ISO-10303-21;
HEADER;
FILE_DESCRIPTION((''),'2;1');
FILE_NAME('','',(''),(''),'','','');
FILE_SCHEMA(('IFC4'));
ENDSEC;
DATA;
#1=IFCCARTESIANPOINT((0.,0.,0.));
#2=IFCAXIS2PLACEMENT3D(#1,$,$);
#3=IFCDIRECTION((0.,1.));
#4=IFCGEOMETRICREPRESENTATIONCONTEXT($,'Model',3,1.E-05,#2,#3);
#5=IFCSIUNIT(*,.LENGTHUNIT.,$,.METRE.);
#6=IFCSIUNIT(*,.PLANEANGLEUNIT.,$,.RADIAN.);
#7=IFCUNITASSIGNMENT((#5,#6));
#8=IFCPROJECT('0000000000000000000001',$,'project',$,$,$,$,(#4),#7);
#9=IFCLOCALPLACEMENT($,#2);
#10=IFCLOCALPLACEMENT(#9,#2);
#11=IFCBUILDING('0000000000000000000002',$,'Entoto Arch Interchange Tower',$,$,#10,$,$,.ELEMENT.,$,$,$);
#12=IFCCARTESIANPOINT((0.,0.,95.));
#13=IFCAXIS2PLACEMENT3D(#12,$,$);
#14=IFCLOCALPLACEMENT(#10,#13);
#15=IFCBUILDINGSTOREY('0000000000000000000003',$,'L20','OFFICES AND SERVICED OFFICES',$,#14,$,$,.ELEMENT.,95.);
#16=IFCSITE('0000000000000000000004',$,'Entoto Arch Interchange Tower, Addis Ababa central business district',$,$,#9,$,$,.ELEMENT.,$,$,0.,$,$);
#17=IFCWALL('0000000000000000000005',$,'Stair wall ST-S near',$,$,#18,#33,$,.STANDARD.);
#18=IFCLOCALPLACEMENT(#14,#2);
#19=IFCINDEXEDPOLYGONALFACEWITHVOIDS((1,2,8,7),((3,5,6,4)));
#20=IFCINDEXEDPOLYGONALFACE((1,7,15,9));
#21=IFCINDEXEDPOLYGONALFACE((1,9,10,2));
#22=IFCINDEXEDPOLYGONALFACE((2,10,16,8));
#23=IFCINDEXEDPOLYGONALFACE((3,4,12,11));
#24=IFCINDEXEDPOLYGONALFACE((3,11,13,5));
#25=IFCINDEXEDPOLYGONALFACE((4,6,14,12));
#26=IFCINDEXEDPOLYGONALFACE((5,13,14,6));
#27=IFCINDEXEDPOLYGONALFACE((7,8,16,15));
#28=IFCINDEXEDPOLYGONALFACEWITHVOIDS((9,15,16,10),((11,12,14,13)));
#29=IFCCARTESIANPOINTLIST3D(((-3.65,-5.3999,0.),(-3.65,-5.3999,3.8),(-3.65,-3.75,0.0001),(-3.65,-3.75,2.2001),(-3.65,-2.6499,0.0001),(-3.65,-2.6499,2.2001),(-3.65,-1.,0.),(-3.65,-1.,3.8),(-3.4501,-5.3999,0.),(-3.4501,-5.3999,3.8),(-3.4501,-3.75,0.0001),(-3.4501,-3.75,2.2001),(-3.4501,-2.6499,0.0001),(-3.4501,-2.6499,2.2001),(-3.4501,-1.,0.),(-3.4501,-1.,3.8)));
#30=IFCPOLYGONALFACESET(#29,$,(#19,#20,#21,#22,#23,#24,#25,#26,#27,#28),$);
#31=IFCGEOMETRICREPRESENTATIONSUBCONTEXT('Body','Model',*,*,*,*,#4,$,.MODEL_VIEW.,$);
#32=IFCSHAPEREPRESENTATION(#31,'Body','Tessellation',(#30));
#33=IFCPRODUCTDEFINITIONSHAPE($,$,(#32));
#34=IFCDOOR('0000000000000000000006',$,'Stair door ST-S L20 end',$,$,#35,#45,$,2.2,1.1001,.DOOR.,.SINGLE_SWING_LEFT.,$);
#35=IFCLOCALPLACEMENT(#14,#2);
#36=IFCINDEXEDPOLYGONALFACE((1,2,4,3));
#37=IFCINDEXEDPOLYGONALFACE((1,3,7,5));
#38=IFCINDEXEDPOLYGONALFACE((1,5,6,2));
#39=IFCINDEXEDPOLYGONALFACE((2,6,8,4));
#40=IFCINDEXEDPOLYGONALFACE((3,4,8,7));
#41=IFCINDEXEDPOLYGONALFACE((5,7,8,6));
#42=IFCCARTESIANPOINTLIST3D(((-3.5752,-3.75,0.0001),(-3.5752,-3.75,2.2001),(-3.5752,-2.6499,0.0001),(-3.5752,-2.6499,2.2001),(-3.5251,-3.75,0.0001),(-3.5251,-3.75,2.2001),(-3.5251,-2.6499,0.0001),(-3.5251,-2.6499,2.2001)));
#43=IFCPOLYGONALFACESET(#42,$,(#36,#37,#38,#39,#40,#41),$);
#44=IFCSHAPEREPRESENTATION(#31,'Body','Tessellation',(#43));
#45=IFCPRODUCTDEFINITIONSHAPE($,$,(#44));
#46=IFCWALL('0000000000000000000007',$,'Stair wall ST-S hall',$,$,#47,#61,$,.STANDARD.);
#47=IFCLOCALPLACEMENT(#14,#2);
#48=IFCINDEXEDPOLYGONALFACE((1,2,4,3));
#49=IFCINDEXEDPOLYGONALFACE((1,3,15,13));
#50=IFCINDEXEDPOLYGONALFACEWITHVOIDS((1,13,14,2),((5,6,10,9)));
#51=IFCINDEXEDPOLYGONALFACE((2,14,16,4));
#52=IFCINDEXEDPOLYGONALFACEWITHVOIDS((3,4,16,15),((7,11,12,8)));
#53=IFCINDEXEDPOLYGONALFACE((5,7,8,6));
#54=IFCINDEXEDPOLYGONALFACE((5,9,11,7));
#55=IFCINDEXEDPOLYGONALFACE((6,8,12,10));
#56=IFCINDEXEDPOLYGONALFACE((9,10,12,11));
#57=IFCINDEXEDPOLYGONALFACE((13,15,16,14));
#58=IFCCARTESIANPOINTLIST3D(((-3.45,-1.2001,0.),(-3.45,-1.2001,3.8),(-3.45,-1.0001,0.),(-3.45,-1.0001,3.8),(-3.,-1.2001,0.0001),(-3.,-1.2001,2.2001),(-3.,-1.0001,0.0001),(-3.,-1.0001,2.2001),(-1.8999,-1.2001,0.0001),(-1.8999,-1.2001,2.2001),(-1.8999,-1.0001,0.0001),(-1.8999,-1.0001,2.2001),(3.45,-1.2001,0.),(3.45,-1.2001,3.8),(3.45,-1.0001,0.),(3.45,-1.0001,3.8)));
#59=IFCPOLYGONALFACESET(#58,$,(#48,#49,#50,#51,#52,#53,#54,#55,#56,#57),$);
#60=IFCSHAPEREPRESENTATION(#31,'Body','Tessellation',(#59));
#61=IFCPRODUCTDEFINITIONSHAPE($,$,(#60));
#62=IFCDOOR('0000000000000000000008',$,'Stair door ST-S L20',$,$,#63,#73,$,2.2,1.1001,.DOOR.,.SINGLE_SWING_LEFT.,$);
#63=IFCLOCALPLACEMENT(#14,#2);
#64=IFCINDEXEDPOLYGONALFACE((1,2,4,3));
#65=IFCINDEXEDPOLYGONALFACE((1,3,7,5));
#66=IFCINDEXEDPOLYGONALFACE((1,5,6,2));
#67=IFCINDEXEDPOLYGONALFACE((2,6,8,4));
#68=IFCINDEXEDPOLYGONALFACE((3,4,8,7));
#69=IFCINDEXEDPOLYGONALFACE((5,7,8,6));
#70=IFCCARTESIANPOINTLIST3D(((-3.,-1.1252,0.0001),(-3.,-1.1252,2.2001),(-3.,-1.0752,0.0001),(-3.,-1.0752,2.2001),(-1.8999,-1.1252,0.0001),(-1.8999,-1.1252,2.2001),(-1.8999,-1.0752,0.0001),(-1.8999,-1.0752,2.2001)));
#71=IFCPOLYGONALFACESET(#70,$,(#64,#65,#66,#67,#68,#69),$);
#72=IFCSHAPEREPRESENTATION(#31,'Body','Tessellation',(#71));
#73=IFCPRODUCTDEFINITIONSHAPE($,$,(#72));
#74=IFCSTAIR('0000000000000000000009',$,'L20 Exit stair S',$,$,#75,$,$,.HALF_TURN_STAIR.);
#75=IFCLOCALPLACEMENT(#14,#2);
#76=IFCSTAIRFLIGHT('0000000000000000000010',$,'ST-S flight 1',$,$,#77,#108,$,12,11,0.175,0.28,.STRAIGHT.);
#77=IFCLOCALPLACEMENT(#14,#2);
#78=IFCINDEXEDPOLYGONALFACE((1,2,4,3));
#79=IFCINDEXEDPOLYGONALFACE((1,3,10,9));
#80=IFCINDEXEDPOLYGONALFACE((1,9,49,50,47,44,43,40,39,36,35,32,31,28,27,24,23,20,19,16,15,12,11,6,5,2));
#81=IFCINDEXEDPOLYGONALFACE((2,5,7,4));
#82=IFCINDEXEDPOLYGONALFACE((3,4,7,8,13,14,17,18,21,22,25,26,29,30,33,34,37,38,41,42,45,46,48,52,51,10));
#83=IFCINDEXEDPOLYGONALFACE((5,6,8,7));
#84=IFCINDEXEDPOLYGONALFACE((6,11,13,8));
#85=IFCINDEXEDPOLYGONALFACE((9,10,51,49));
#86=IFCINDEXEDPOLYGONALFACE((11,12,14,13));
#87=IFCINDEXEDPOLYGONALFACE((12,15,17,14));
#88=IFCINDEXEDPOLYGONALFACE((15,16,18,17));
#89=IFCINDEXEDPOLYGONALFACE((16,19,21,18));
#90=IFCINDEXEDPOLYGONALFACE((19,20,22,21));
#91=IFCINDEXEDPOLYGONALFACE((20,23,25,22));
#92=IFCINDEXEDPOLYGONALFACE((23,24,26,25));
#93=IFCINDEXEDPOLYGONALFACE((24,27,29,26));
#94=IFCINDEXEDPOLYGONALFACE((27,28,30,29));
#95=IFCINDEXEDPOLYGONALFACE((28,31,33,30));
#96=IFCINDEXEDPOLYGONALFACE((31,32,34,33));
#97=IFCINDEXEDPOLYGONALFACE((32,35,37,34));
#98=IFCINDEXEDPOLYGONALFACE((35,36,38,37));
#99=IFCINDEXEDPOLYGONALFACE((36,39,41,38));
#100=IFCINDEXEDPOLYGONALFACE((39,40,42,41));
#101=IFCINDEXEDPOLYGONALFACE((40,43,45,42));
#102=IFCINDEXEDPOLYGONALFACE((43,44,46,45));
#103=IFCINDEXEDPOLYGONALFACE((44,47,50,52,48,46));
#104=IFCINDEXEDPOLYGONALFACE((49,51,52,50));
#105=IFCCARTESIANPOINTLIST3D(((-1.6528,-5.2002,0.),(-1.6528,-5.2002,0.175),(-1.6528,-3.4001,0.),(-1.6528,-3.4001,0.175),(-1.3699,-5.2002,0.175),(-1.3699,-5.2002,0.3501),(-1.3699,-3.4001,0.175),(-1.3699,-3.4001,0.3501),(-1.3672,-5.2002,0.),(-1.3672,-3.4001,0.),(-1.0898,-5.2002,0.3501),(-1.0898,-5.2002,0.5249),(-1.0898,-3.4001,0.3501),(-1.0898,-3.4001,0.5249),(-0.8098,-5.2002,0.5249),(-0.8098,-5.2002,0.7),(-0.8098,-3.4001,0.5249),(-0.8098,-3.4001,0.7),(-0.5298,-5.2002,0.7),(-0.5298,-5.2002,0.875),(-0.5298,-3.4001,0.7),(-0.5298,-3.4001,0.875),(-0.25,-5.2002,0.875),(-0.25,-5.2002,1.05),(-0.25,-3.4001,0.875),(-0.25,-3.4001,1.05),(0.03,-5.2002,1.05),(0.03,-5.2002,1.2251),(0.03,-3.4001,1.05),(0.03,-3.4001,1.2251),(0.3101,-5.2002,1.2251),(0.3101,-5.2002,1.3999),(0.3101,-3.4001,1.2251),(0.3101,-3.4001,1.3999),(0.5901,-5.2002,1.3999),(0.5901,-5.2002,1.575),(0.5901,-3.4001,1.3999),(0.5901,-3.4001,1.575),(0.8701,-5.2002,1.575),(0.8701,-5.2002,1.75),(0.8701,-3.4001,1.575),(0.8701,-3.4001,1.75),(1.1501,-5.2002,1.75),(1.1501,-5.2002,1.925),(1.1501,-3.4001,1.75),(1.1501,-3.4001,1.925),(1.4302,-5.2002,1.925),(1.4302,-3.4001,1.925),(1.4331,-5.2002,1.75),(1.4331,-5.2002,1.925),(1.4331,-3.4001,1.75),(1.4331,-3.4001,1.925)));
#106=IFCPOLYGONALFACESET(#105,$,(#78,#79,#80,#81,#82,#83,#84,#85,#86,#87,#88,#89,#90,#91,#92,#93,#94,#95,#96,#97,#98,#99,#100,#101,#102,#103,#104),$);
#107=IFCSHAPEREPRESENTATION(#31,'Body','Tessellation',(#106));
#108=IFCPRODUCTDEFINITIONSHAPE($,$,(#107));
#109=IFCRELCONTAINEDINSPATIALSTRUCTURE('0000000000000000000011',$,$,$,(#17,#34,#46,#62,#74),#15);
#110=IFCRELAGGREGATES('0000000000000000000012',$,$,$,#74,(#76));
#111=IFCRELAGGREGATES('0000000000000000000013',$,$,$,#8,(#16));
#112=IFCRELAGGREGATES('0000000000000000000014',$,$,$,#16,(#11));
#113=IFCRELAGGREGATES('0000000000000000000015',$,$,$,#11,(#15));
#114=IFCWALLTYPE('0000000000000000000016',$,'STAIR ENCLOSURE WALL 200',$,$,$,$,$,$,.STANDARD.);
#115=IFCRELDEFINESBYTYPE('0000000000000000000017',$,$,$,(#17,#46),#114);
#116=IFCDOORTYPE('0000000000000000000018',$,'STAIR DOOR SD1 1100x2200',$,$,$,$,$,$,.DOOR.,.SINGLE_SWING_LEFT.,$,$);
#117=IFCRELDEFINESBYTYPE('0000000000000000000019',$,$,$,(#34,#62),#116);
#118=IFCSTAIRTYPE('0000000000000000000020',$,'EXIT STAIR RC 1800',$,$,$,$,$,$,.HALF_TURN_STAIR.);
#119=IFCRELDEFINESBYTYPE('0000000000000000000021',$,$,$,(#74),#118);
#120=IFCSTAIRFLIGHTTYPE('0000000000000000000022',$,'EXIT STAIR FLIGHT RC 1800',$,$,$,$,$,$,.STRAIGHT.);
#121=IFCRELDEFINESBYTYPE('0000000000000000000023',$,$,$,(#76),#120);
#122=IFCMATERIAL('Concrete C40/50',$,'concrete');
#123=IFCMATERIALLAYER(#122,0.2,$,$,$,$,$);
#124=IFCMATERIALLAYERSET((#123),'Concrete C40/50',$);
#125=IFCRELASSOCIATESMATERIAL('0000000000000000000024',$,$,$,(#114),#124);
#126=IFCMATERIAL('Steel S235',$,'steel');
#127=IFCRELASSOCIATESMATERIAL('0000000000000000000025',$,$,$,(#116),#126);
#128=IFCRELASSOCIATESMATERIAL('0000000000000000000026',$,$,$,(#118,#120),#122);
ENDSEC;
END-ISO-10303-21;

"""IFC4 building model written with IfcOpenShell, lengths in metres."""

from ifc_helpers import new_model, si_unit, direction, frame, frame_2d, origin, place, context, subcontext, project, spatial, polyline, rectangle, outline, extrude, material, layer, layer_set, type_object, element, fill, aggregate, save


model = new_model("IFC4")

# Units and contexts
model_context = context("Model", 3, precision=1e-05, world=origin(), true_north=direction((0.0, 1.0)))
body_context = subcontext(model_context, "Body", "Model", "MODEL_VIEW")
ifc_project = project(units=[si_unit("LENGTHUNIT", "METRE"), si_unit("PLANEANGLEUNIT", "RADIAN")], contexts=[model_context])

# Site, building, storey
site_placement = place(None, origin())
site = spatial("IfcSite", under=ifc_project, at=site_placement, Name="Entoto Arch Interchange Tower, Addis Ababa central business district", CompositionType="ELEMENT", RefElevation=0.0)
building_placement = place(site_placement, origin())
building = spatial("IfcBuilding", under=site, at=building_placement, Name="Entoto Arch Interchange Tower", CompositionType="ELEMENT")
storey_placement = place(building_placement, frame((0.0, 0.0, 95.0)))
storey = spatial("IfcBuildingStorey", under=building, at=storey_placement, Name="L20", Description="OFFICES AND SERVICED OFFICES", CompositionType="ELEMENT", Elevation=95.0)

# Shared definitions
ifc_material_1 = material(Name="Concrete C40/50", Category="concrete")

# Walls, openings, doors
ifc_layer_1 = layer(ifc_material_1, 0.2)
ifc_layer_set_1 = layer_set([ifc_layer_1], Name="Concrete C40/50")
wall_type_1 = type_object("IfcWallType", Name="STAIR ENCLOSURE WALL 200", PredefinedType="STANDARD", material=ifc_layer_set_1)
wall_1_placement = place(storey_placement, frame((-3.55, -1.0, 0.0), z_axis=(0.0, 0.0, 1.0), x_axis=(0.0, -1.0, 0.0)))
wall_1 = element("IfcWall", 1, at=wall_1_placement, inside=storey, type_object=wall_type_1, Name="Stair wall ST-S near", PredefinedType="STANDARD", context=body_context, shape_type="SweptSolid", body=[
    extrude(rectangle(XDim=4.3999, YDim=0.2, at=frame_2d((2.2, 0.0))), origin(), (0.0, 0.0, 1.0), 3.8),
])
opening_1_placement = place(wall_1_placement, frame((1.6499, 0.0, 0.0)))
opening_1 = element("IfcOpeningElement", 2, at=opening_1_placement, cuts=wall_1, PredefinedType="OPENING", context=body_context, shape_type="SweptSolid", body=[
    extrude(rectangle(XDim=1.1001, YDim=2.2, at=frame_2d((0.55, 1.1001))), frame((0.0, 0.1099, 0.0), z_axis=(0.0, -1.0, 0.0), x_axis=(1.0, 0.0, 0.0)), (0.0, 0.0, 1.0), 0.22),
])
ifc_material_2 = material(Name="Steel S235", Category="steel")
door_type_1 = type_object("IfcDoorType", Name="STAIR DOOR SD1 1100x2200", OperationType="SINGLE_SWING_LEFT", PredefinedType="DOOR", material=ifc_material_2)
door_1_placement = place(opening_1_placement, origin())
door_1 = element("IfcDoor", 3, at=door_1_placement, inside=storey, type_object=door_type_1, Name="Stair door ST-S L20 end", OperationType="SINGLE_SWING_LEFT", OverallHeight=2.2, OverallWidth=1.1001, PredefinedType="DOOR", context=body_context, shape_type="SweptSolid", body=[
    extrude(rectangle(XDim=1.1001, YDim=2.2, at=frame_2d((0.55, 1.1001))), frame((0.0, 0.0249, 0.0), z_axis=(0.0, -1.0, 0.0), x_axis=(1.0, 0.0, 0.0)), (0.0, 0.0, 1.0), 0.05),
])
fill(opening_1, door_1)
wall_2_placement = place(storey_placement, frame((-3.45, -1.1001, 0.0), z_axis=(0.0, 0.0, 1.0), x_axis=(1.0, 0.0, 0.0)))
wall_2 = element("IfcWall", 4, at=wall_2_placement, inside=storey, type_object=wall_type_1, Name="Stair wall ST-S hall", PredefinedType="STANDARD", context=body_context, shape_type="SweptSolid", body=[
    extrude(rectangle(XDim=6.8999, YDim=0.2, at=frame_2d((3.45, 0.0))), origin(), (0.0, 0.0, 1.0), 3.8),
])
opening_2_placement = place(wall_2_placement, frame((0.45, 0.0, 0.0)))
opening_2 = element("IfcOpeningElement", 5, at=opening_2_placement, cuts=wall_2, PredefinedType="OPENING", context=body_context, shape_type="SweptSolid", body=[
    extrude(rectangle(XDim=1.1001, YDim=2.2, at=frame_2d((0.55, 1.1001))), frame((0.0, 0.1099, 0.0), z_axis=(0.0, -1.0, 0.0), x_axis=(1.0, 0.0, 0.0)), (0.0, 0.0, 1.0), 0.22),
])
door_2_placement = place(opening_2_placement, origin())
door_2 = element("IfcDoor", 6, at=door_2_placement, inside=storey, type_object=door_type_1, Name="Stair door ST-S L20", OperationType="SINGLE_SWING_LEFT", OverallHeight=2.2, OverallWidth=1.1001, PredefinedType="DOOR", context=body_context, shape_type="SweptSolid", body=[
    extrude(rectangle(XDim=1.1001, YDim=2.2, at=frame_2d((0.55, 1.1001))), frame((0.0, 0.0249, 0.0), z_axis=(0.0, -1.0, 0.0), x_axis=(1.0, 0.0, 0.0)), (0.0, 0.0, 1.0), 0.05),
])
fill(opening_2, door_2)

# Stair, stair flight
stair_type = type_object("IfcStairType", Name="EXIT STAIR RC 1800", PredefinedType="HALF_TURN_STAIR", material=ifc_material_1)
stair_placement = place(storey_placement, origin())
stair = element("IfcStair", 7, at=stair_placement, inside=storey, type_object=stair_type, Name="L20 Exit stair S", PredefinedType="HALF_TURN_STAIR")
stair_flight_type = type_object("IfcStairFlightType", Name="EXIT STAIR FLIGHT RC 1800", PredefinedType="STRAIGHT", material=ifc_material_1)
stair_flight_placement = place(storey_placement, frame((-1.6499, -4.3, 0.0), z_axis=(0.0, 0.0, 1.0), x_axis=(1.0, 0.0, 0.0)))
stair_flight = element("IfcStairFlight", 8, at=stair_flight_placement, type_object=stair_flight_type, Name="ST-S flight 1", NumberOfRisers=12, NumberOfTreads=11, PredefinedType="STRAIGHT", RiserHeight=0.175, TreadLength=0.28, context=body_context, shape_type="SweptSolid", body=[
    extrude(outline(polyline([(-0.0029, 0.0), (-0.0029, 0.175), (0.28, 0.175), (0.28, 0.3501), (0.5601, 0.3501), (0.5601, 0.5249), (0.8401, 0.5249), (0.8401, 0.7), (1.1201, 0.7), (1.1201, 0.875), (1.3999, 0.875), (1.3999, 1.05), (1.6799, 1.05), (1.6799, 1.2251), (1.96, 1.2251), (1.96, 1.3999), (2.24, 1.3999), (2.24, 1.575), (2.52, 1.575), (2.52, 1.75), (2.8, 1.75), (2.8, 1.925), (3.0801, 1.925), (3.083, 1.925), (3.083, 1.75), (0.2827, 0.0), (-0.0029, 0.0)])), frame((0.0, 0.8999, 0.0), z_axis=(0.0, -1.0, 0.0), x_axis=(1.0, 0.0, 0.0)), (0.0, 0.0, 1.0), 1.8),
])
aggregate(stair, [stair_flight])

save(model, "model.ifc")
